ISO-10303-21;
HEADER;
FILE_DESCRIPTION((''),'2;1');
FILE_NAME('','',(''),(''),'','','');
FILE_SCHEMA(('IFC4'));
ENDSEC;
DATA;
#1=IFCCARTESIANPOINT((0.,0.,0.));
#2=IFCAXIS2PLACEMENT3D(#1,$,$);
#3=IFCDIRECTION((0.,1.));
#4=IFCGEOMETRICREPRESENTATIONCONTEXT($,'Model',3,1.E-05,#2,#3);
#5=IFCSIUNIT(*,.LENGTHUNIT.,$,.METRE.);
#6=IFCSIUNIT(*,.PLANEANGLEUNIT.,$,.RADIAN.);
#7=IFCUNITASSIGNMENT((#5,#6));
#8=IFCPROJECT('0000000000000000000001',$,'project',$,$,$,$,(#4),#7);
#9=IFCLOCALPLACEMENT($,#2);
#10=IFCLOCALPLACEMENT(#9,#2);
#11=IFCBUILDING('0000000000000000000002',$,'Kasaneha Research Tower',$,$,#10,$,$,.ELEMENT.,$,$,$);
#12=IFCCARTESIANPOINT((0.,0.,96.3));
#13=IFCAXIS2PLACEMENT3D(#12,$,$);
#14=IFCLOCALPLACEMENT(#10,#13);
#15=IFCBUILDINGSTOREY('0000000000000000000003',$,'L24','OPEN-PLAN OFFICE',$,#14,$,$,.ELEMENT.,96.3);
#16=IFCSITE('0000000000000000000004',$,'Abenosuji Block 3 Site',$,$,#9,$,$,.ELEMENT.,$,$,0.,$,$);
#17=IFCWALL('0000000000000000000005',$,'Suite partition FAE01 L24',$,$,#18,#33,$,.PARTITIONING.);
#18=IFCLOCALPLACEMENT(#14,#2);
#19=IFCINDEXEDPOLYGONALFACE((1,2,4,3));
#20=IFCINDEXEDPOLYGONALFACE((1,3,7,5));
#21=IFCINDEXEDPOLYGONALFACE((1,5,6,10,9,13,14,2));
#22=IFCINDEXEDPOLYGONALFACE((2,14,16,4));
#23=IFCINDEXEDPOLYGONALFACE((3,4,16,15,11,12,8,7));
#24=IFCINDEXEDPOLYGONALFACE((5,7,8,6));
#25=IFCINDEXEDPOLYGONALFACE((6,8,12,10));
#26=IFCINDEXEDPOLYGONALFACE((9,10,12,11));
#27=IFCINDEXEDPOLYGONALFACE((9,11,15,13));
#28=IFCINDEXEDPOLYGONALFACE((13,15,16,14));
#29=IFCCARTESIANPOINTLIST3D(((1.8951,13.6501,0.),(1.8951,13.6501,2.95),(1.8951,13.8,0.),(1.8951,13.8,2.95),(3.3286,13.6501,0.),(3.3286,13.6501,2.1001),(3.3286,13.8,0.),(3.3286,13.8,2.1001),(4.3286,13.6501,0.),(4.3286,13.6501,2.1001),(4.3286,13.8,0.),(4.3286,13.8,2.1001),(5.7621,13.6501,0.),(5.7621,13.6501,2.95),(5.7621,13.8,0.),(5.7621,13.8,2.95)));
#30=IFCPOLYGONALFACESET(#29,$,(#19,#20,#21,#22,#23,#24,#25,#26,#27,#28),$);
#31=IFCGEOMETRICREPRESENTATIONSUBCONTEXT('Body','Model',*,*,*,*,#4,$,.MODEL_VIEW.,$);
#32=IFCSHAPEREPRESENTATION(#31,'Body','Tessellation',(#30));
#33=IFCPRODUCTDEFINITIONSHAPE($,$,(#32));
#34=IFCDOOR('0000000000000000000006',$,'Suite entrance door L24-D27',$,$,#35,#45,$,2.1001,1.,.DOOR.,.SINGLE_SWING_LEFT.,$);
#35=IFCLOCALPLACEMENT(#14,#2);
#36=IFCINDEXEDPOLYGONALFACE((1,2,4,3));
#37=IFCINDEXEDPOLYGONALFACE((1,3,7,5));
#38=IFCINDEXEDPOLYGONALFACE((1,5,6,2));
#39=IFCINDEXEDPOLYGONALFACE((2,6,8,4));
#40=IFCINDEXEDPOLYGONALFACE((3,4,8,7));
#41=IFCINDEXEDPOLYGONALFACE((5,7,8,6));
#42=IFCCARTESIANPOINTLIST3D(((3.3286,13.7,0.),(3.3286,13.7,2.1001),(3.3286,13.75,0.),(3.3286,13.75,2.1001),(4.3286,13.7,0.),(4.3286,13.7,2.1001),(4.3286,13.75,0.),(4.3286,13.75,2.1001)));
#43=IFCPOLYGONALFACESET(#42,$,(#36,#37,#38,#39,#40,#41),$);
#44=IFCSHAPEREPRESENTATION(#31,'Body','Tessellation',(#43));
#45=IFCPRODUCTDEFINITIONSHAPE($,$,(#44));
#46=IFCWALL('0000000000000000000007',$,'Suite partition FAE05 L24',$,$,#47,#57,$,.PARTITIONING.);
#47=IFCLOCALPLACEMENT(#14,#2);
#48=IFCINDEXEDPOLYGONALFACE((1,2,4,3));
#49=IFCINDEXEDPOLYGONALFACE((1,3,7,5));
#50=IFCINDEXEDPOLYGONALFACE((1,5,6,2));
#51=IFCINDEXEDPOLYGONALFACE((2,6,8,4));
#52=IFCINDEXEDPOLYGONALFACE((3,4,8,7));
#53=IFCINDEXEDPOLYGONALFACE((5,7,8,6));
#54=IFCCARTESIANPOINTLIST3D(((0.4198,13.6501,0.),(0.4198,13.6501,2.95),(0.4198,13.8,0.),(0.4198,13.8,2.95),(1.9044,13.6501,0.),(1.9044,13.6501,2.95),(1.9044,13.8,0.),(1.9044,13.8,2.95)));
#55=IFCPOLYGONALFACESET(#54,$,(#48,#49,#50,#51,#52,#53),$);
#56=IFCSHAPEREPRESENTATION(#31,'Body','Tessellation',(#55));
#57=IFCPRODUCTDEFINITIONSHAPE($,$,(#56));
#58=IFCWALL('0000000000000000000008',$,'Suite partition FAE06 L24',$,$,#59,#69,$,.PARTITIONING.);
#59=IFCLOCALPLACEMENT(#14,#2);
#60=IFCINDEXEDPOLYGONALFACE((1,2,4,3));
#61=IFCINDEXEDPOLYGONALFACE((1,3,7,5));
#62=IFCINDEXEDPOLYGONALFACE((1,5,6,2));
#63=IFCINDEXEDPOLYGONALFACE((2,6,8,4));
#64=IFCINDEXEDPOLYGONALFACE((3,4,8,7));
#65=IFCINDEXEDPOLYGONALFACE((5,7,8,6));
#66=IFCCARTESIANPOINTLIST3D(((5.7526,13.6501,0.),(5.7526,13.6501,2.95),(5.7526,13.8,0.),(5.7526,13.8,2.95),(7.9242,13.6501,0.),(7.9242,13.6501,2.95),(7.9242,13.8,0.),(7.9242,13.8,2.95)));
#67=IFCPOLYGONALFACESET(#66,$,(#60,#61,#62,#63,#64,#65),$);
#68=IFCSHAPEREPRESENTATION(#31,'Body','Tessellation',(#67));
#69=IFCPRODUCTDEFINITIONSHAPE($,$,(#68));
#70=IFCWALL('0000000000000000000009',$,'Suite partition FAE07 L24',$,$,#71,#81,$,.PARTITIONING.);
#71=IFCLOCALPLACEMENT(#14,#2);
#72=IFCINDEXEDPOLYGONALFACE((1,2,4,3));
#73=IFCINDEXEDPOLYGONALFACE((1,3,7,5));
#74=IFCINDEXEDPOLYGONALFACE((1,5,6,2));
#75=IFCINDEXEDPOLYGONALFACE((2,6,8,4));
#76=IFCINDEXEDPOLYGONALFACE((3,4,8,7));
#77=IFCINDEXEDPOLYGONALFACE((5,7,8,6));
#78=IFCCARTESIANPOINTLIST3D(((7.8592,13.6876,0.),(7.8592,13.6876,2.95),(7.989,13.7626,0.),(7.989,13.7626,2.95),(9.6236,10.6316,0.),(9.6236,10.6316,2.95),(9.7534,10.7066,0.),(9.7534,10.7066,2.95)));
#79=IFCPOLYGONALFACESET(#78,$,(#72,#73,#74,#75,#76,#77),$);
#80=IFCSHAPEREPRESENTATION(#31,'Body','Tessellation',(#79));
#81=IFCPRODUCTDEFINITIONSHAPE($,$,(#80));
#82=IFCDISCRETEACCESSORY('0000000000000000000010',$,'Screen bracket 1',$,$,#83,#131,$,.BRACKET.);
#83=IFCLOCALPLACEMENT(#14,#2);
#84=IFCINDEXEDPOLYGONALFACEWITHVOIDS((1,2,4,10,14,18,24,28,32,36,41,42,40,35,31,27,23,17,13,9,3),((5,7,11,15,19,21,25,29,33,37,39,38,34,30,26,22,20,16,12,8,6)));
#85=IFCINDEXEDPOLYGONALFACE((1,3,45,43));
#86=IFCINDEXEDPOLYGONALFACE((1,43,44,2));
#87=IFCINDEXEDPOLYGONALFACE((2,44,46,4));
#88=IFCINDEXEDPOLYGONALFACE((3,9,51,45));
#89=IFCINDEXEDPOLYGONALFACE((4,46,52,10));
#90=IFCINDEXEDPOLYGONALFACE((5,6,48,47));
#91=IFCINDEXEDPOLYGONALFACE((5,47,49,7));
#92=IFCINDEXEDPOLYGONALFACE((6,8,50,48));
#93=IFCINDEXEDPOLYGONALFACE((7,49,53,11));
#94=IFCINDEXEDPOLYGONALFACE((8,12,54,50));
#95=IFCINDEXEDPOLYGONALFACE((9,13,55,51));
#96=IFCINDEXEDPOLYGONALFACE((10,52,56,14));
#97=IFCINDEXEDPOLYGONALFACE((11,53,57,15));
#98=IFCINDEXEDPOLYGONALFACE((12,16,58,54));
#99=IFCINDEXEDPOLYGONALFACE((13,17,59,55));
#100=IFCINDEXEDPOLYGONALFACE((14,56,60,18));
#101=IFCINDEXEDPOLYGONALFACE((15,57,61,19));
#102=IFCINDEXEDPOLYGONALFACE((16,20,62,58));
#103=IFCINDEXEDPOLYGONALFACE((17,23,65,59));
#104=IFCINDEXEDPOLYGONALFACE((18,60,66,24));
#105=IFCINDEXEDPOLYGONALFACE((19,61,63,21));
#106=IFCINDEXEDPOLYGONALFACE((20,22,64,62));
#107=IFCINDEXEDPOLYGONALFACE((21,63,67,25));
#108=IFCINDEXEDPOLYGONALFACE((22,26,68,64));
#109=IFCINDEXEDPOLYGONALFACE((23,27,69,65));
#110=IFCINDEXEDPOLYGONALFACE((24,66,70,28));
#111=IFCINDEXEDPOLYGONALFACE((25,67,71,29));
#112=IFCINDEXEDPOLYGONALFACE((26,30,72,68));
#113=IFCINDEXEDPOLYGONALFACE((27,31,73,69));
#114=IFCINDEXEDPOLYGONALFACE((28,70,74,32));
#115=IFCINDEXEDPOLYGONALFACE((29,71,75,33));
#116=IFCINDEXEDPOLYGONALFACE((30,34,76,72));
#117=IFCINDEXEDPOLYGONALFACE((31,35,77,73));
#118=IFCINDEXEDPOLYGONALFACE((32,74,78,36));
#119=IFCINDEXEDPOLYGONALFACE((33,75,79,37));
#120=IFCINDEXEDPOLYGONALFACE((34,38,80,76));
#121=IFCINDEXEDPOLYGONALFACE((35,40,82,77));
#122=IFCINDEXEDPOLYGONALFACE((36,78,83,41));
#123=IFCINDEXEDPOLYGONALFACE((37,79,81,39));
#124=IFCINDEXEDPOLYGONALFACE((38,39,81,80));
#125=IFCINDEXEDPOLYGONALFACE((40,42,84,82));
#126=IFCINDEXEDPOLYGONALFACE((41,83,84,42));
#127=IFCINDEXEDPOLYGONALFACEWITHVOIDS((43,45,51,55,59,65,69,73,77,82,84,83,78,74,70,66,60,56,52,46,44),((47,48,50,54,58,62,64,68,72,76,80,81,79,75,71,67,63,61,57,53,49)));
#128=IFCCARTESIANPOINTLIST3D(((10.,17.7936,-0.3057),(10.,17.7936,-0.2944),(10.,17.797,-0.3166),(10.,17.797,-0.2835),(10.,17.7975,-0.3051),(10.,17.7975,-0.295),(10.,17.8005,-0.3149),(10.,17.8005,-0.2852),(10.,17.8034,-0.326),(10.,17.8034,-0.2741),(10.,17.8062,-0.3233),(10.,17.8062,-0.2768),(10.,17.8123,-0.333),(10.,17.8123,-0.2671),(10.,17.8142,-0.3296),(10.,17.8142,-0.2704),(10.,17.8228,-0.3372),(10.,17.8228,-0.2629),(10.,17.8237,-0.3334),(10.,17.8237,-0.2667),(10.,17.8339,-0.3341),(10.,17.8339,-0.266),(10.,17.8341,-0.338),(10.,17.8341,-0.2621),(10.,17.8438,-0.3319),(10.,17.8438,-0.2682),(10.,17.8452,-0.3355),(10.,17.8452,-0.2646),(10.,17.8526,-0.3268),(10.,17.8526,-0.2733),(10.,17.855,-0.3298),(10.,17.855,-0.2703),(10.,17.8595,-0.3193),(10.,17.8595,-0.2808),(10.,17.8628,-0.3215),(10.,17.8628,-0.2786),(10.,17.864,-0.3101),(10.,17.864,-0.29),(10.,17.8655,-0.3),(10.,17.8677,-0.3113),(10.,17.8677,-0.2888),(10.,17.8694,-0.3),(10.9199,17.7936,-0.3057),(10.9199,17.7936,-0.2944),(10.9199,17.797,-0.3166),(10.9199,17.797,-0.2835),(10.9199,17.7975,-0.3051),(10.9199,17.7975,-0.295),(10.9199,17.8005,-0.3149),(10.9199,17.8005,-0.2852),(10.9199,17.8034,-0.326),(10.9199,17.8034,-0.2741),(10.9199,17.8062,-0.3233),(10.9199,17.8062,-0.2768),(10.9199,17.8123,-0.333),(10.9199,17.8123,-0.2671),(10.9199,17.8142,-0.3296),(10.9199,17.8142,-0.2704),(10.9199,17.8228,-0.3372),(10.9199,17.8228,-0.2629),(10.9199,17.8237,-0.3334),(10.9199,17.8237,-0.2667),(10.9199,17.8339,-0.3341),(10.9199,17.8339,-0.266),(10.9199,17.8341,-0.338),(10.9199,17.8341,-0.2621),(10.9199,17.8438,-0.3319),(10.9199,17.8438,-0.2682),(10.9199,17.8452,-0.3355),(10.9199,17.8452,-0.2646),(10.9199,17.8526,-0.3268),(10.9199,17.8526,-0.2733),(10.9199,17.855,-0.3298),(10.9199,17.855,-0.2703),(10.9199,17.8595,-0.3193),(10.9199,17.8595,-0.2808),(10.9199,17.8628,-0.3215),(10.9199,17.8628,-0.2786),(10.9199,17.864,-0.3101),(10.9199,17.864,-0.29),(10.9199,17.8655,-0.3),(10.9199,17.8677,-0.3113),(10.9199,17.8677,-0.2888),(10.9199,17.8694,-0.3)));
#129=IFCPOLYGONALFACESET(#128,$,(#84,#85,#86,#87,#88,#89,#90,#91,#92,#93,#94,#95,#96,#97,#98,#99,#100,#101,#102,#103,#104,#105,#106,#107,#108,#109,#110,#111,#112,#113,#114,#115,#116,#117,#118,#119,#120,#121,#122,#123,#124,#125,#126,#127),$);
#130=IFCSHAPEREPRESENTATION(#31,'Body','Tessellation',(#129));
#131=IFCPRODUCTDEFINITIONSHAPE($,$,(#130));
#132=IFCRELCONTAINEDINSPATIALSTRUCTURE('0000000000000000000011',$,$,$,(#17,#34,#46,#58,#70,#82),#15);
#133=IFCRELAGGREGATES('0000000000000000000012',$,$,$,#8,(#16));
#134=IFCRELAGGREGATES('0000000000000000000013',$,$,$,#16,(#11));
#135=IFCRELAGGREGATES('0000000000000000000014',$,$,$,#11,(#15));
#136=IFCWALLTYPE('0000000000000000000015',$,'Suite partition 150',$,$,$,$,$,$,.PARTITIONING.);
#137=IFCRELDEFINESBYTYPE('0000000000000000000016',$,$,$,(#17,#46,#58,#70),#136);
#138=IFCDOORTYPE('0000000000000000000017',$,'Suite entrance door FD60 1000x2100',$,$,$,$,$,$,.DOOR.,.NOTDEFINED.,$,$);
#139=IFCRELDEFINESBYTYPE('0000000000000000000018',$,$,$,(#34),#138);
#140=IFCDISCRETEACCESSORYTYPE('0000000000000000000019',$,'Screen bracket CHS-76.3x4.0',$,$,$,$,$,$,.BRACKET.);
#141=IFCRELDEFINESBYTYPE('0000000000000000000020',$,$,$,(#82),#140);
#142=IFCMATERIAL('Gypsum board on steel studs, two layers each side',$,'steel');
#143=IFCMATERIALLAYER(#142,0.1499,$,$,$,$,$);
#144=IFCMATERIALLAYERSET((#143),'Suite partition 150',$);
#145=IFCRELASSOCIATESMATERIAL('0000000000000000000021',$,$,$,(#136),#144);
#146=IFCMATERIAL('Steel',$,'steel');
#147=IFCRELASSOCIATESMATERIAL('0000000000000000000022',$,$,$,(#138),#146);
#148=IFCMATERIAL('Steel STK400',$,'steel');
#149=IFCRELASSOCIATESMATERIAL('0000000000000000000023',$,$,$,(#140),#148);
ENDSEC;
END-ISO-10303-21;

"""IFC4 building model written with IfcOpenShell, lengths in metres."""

from ifc_helpers import new_model, si_unit, direction, frame, frame_2d, origin, origin_2d, place, context, subcontext, project, spatial, rectangle, hollow_circle, extrude, material, layer, layer_set, material_profile, profile_set, type_object, element, fill, save


model = new_model("IFC4")

# Units and contexts
model_context = context("Model", 3, precision=1e-05, world=origin(), true_north=direction((0.0, 1.0)))
body_context = subcontext(model_context, "Body", "Model", "MODEL_VIEW")
ifc_project = project(units=[si_unit("LENGTHUNIT", "METRE"), si_unit("PLANEANGLEUNIT", "RADIAN")], contexts=[model_context])

# Site, building, storey
site_placement = place(None, origin())
site = spatial("IfcSite", under=ifc_project, at=site_placement, Name="Abenosuji Block 3 Site", CompositionType="ELEMENT", RefElevation=0.0)
building_placement = place(site_placement, origin())
building = spatial("IfcBuilding", under=site, at=building_placement, Name="Kasaneha Research Tower", CompositionType="ELEMENT")
storey_placement = place(building_placement, frame((0.0, 0.0, 96.3)))
storey = spatial("IfcBuildingStorey", under=building, at=storey_placement, Name="L24", Description="OPEN-PLAN OFFICE", CompositionType="ELEMENT", Elevation=96.3)

# Wall, opening, door
ifc_material_1 = material(Name="Gypsum board on steel studs, two layers each side", Category="steel")
ifc_layer_1 = layer(ifc_material_1, 0.1499)
ifc_layer_set_1 = layer_set([ifc_layer_1], Name="Suite partition 150")
wall_type_1 = type_object("IfcWallType", Name="Suite partition 150", PredefinedType="PARTITIONING", material=ifc_layer_set_1)
wall_1_placement = place(storey_placement, frame((1.895, 13.7251, 0.0), z_axis=(0.0, 0.0, 1.0), x_axis=(1.0, 0.0, 0.0)))
wall_1 = element("IfcWall", 1, at=wall_1_placement, inside=storey, type_object=wall_type_1, Name="Suite partition FAE01 L24", PredefinedType="PARTITIONING", context=body_context, shape_type="SweptSolid", body=[
    extrude(rectangle(XDim=3.8669, YDim=0.1499, at=frame_2d((1.9336, 0.0))), origin(), (0.0, 0.0, 1.0), 2.95),
])
opening_1_placement = place(wall_1_placement, frame((1.4336, 0.0, 0.0)))
opening_1 = element("IfcOpeningElement", 2, at=opening_1_placement, cuts=wall_1, PredefinedType="OPENING", context=body_context, shape_type="SweptSolid", body=[
    extrude(rectangle(XDim=1.0, YDim=2.1001, at=frame_2d((0.5, 1.05))), frame((0.0, 0.085, 0.0), z_axis=(0.0, -1.0, 0.0), x_axis=(1.0, 0.0, 0.0)), (0.0, 0.0, 1.0), 0.1699),
])
ifc_material_2 = material(Name="Steel", Category="steel")
door_type_1 = type_object("IfcDoorType", Name="Suite entrance door FD60 1000x2100", OperationType="NOTDEFINED", PredefinedType="DOOR", material=ifc_material_2)
door_1_placement = place(opening_1_placement, origin())
door_1 = element("IfcDoor", 3, at=door_1_placement, inside=storey, type_object=door_type_1, Name="Suite entrance door L24-D27", OperationType="SINGLE_SWING_LEFT", OverallHeight=2.1001, OverallWidth=1.0, PredefinedType="DOOR", context=body_context, shape_type="SweptSolid", body=[
    extrude(rectangle(XDim=1.0, YDim=2.1001, at=frame_2d((0.5, 1.05))), frame((0.0, 0.0249, 0.0), z_axis=(0.0, -1.0, 0.0), x_axis=(1.0, 0.0, 0.0)), (0.0, 0.0, 1.0), 0.05),
])
fill(opening_1, door_1)

# Walls
wall_2_placement = place(storey_placement, frame((0.4199, 13.7251, 0.0), z_axis=(0.0, 0.0, 1.0), x_axis=(1.0, 0.0, 0.0)))
element("IfcWall", 4, at=wall_2_placement, inside=storey, type_object=wall_type_1, Name="Suite partition FAE05 L24", PredefinedType="PARTITIONING", context=body_context, shape_type="SweptSolid", body=[
    extrude(rectangle(XDim=1.4846, YDim=0.1499, at=frame_2d((0.7422, 0.0))), origin(), (0.0, 0.0, 1.0), 2.95),
])
wall_3_placement = place(storey_placement, frame((5.7524, 13.7251, 0.0), z_axis=(0.0, 0.0, 1.0), x_axis=(1.0, 0.0, 0.0)))
element("IfcWall", 5, at=wall_3_placement, inside=storey, type_object=wall_type_1, Name="Suite partition FAE06 L24", PredefinedType="PARTITIONING", context=body_context, shape_type="SweptSolid", body=[
    extrude(rectangle(XDim=2.1716, YDim=0.1499, at=frame_2d((1.0859, 0.0))), origin(), (0.0, 0.0, 1.0), 2.95),
])
wall_4_placement = place(storey_placement, frame((7.9241, 13.7251, 0.0), z_axis=(0.0, 0.0, 1.0), x_axis=(0.500016, -0.866016, 0.0)))
element("IfcWall", 6, at=wall_4_placement, inside=storey, type_object=wall_type_1, Name="Suite partition FAE07 L24", PredefinedType="PARTITIONING", context=body_context, shape_type="SweptSolid", body=[
    extrude(rectangle(XDim=3.5288, YDim=0.1499, at=frame_2d((1.7644, 0.0))), origin(), (0.0, 0.0, 1.0), 2.95),
])

# Discrete accessory
ifc_material_3 = material(Name="Steel STK400", Category="steel")
ifc_material_profile_1 = material_profile(ifc_material_3, hollow_circle(Radius=0.0381, WallThickness=0.0039, at=origin_2d()), Name="CHS-76.3x4.0")
ifc_profile_set_1 = profile_set([ifc_material_profile_1], Name="Steel STK400")
discrete_accessory_type = type_object("IfcDiscreteAccessoryType", Name="Screen bracket CHS-76.3x4.0", PredefinedType="BRACKET", material=ifc_profile_set_1)
discrete_accessory_placement = place(storey_placement, frame((10.0, 17.8313, -0.3), z_axis=(1.0, 0.0, 0.0), x_axis=(0.0, 1.0, 0.0)))
element("IfcDiscreteAccessory", 7, at=discrete_accessory_placement, inside=storey, type_object=discrete_accessory_type, Name="Screen bracket 1", PredefinedType="BRACKET", context=body_context, shape_type="SweptSolid", body=[
    extrude(hollow_circle(Radius=0.0381, WallThickness=0.0039, at=origin_2d()), origin(), (0.0, 0.0, 1.0), 0.9199),
])

save(model, "model.ifc")
